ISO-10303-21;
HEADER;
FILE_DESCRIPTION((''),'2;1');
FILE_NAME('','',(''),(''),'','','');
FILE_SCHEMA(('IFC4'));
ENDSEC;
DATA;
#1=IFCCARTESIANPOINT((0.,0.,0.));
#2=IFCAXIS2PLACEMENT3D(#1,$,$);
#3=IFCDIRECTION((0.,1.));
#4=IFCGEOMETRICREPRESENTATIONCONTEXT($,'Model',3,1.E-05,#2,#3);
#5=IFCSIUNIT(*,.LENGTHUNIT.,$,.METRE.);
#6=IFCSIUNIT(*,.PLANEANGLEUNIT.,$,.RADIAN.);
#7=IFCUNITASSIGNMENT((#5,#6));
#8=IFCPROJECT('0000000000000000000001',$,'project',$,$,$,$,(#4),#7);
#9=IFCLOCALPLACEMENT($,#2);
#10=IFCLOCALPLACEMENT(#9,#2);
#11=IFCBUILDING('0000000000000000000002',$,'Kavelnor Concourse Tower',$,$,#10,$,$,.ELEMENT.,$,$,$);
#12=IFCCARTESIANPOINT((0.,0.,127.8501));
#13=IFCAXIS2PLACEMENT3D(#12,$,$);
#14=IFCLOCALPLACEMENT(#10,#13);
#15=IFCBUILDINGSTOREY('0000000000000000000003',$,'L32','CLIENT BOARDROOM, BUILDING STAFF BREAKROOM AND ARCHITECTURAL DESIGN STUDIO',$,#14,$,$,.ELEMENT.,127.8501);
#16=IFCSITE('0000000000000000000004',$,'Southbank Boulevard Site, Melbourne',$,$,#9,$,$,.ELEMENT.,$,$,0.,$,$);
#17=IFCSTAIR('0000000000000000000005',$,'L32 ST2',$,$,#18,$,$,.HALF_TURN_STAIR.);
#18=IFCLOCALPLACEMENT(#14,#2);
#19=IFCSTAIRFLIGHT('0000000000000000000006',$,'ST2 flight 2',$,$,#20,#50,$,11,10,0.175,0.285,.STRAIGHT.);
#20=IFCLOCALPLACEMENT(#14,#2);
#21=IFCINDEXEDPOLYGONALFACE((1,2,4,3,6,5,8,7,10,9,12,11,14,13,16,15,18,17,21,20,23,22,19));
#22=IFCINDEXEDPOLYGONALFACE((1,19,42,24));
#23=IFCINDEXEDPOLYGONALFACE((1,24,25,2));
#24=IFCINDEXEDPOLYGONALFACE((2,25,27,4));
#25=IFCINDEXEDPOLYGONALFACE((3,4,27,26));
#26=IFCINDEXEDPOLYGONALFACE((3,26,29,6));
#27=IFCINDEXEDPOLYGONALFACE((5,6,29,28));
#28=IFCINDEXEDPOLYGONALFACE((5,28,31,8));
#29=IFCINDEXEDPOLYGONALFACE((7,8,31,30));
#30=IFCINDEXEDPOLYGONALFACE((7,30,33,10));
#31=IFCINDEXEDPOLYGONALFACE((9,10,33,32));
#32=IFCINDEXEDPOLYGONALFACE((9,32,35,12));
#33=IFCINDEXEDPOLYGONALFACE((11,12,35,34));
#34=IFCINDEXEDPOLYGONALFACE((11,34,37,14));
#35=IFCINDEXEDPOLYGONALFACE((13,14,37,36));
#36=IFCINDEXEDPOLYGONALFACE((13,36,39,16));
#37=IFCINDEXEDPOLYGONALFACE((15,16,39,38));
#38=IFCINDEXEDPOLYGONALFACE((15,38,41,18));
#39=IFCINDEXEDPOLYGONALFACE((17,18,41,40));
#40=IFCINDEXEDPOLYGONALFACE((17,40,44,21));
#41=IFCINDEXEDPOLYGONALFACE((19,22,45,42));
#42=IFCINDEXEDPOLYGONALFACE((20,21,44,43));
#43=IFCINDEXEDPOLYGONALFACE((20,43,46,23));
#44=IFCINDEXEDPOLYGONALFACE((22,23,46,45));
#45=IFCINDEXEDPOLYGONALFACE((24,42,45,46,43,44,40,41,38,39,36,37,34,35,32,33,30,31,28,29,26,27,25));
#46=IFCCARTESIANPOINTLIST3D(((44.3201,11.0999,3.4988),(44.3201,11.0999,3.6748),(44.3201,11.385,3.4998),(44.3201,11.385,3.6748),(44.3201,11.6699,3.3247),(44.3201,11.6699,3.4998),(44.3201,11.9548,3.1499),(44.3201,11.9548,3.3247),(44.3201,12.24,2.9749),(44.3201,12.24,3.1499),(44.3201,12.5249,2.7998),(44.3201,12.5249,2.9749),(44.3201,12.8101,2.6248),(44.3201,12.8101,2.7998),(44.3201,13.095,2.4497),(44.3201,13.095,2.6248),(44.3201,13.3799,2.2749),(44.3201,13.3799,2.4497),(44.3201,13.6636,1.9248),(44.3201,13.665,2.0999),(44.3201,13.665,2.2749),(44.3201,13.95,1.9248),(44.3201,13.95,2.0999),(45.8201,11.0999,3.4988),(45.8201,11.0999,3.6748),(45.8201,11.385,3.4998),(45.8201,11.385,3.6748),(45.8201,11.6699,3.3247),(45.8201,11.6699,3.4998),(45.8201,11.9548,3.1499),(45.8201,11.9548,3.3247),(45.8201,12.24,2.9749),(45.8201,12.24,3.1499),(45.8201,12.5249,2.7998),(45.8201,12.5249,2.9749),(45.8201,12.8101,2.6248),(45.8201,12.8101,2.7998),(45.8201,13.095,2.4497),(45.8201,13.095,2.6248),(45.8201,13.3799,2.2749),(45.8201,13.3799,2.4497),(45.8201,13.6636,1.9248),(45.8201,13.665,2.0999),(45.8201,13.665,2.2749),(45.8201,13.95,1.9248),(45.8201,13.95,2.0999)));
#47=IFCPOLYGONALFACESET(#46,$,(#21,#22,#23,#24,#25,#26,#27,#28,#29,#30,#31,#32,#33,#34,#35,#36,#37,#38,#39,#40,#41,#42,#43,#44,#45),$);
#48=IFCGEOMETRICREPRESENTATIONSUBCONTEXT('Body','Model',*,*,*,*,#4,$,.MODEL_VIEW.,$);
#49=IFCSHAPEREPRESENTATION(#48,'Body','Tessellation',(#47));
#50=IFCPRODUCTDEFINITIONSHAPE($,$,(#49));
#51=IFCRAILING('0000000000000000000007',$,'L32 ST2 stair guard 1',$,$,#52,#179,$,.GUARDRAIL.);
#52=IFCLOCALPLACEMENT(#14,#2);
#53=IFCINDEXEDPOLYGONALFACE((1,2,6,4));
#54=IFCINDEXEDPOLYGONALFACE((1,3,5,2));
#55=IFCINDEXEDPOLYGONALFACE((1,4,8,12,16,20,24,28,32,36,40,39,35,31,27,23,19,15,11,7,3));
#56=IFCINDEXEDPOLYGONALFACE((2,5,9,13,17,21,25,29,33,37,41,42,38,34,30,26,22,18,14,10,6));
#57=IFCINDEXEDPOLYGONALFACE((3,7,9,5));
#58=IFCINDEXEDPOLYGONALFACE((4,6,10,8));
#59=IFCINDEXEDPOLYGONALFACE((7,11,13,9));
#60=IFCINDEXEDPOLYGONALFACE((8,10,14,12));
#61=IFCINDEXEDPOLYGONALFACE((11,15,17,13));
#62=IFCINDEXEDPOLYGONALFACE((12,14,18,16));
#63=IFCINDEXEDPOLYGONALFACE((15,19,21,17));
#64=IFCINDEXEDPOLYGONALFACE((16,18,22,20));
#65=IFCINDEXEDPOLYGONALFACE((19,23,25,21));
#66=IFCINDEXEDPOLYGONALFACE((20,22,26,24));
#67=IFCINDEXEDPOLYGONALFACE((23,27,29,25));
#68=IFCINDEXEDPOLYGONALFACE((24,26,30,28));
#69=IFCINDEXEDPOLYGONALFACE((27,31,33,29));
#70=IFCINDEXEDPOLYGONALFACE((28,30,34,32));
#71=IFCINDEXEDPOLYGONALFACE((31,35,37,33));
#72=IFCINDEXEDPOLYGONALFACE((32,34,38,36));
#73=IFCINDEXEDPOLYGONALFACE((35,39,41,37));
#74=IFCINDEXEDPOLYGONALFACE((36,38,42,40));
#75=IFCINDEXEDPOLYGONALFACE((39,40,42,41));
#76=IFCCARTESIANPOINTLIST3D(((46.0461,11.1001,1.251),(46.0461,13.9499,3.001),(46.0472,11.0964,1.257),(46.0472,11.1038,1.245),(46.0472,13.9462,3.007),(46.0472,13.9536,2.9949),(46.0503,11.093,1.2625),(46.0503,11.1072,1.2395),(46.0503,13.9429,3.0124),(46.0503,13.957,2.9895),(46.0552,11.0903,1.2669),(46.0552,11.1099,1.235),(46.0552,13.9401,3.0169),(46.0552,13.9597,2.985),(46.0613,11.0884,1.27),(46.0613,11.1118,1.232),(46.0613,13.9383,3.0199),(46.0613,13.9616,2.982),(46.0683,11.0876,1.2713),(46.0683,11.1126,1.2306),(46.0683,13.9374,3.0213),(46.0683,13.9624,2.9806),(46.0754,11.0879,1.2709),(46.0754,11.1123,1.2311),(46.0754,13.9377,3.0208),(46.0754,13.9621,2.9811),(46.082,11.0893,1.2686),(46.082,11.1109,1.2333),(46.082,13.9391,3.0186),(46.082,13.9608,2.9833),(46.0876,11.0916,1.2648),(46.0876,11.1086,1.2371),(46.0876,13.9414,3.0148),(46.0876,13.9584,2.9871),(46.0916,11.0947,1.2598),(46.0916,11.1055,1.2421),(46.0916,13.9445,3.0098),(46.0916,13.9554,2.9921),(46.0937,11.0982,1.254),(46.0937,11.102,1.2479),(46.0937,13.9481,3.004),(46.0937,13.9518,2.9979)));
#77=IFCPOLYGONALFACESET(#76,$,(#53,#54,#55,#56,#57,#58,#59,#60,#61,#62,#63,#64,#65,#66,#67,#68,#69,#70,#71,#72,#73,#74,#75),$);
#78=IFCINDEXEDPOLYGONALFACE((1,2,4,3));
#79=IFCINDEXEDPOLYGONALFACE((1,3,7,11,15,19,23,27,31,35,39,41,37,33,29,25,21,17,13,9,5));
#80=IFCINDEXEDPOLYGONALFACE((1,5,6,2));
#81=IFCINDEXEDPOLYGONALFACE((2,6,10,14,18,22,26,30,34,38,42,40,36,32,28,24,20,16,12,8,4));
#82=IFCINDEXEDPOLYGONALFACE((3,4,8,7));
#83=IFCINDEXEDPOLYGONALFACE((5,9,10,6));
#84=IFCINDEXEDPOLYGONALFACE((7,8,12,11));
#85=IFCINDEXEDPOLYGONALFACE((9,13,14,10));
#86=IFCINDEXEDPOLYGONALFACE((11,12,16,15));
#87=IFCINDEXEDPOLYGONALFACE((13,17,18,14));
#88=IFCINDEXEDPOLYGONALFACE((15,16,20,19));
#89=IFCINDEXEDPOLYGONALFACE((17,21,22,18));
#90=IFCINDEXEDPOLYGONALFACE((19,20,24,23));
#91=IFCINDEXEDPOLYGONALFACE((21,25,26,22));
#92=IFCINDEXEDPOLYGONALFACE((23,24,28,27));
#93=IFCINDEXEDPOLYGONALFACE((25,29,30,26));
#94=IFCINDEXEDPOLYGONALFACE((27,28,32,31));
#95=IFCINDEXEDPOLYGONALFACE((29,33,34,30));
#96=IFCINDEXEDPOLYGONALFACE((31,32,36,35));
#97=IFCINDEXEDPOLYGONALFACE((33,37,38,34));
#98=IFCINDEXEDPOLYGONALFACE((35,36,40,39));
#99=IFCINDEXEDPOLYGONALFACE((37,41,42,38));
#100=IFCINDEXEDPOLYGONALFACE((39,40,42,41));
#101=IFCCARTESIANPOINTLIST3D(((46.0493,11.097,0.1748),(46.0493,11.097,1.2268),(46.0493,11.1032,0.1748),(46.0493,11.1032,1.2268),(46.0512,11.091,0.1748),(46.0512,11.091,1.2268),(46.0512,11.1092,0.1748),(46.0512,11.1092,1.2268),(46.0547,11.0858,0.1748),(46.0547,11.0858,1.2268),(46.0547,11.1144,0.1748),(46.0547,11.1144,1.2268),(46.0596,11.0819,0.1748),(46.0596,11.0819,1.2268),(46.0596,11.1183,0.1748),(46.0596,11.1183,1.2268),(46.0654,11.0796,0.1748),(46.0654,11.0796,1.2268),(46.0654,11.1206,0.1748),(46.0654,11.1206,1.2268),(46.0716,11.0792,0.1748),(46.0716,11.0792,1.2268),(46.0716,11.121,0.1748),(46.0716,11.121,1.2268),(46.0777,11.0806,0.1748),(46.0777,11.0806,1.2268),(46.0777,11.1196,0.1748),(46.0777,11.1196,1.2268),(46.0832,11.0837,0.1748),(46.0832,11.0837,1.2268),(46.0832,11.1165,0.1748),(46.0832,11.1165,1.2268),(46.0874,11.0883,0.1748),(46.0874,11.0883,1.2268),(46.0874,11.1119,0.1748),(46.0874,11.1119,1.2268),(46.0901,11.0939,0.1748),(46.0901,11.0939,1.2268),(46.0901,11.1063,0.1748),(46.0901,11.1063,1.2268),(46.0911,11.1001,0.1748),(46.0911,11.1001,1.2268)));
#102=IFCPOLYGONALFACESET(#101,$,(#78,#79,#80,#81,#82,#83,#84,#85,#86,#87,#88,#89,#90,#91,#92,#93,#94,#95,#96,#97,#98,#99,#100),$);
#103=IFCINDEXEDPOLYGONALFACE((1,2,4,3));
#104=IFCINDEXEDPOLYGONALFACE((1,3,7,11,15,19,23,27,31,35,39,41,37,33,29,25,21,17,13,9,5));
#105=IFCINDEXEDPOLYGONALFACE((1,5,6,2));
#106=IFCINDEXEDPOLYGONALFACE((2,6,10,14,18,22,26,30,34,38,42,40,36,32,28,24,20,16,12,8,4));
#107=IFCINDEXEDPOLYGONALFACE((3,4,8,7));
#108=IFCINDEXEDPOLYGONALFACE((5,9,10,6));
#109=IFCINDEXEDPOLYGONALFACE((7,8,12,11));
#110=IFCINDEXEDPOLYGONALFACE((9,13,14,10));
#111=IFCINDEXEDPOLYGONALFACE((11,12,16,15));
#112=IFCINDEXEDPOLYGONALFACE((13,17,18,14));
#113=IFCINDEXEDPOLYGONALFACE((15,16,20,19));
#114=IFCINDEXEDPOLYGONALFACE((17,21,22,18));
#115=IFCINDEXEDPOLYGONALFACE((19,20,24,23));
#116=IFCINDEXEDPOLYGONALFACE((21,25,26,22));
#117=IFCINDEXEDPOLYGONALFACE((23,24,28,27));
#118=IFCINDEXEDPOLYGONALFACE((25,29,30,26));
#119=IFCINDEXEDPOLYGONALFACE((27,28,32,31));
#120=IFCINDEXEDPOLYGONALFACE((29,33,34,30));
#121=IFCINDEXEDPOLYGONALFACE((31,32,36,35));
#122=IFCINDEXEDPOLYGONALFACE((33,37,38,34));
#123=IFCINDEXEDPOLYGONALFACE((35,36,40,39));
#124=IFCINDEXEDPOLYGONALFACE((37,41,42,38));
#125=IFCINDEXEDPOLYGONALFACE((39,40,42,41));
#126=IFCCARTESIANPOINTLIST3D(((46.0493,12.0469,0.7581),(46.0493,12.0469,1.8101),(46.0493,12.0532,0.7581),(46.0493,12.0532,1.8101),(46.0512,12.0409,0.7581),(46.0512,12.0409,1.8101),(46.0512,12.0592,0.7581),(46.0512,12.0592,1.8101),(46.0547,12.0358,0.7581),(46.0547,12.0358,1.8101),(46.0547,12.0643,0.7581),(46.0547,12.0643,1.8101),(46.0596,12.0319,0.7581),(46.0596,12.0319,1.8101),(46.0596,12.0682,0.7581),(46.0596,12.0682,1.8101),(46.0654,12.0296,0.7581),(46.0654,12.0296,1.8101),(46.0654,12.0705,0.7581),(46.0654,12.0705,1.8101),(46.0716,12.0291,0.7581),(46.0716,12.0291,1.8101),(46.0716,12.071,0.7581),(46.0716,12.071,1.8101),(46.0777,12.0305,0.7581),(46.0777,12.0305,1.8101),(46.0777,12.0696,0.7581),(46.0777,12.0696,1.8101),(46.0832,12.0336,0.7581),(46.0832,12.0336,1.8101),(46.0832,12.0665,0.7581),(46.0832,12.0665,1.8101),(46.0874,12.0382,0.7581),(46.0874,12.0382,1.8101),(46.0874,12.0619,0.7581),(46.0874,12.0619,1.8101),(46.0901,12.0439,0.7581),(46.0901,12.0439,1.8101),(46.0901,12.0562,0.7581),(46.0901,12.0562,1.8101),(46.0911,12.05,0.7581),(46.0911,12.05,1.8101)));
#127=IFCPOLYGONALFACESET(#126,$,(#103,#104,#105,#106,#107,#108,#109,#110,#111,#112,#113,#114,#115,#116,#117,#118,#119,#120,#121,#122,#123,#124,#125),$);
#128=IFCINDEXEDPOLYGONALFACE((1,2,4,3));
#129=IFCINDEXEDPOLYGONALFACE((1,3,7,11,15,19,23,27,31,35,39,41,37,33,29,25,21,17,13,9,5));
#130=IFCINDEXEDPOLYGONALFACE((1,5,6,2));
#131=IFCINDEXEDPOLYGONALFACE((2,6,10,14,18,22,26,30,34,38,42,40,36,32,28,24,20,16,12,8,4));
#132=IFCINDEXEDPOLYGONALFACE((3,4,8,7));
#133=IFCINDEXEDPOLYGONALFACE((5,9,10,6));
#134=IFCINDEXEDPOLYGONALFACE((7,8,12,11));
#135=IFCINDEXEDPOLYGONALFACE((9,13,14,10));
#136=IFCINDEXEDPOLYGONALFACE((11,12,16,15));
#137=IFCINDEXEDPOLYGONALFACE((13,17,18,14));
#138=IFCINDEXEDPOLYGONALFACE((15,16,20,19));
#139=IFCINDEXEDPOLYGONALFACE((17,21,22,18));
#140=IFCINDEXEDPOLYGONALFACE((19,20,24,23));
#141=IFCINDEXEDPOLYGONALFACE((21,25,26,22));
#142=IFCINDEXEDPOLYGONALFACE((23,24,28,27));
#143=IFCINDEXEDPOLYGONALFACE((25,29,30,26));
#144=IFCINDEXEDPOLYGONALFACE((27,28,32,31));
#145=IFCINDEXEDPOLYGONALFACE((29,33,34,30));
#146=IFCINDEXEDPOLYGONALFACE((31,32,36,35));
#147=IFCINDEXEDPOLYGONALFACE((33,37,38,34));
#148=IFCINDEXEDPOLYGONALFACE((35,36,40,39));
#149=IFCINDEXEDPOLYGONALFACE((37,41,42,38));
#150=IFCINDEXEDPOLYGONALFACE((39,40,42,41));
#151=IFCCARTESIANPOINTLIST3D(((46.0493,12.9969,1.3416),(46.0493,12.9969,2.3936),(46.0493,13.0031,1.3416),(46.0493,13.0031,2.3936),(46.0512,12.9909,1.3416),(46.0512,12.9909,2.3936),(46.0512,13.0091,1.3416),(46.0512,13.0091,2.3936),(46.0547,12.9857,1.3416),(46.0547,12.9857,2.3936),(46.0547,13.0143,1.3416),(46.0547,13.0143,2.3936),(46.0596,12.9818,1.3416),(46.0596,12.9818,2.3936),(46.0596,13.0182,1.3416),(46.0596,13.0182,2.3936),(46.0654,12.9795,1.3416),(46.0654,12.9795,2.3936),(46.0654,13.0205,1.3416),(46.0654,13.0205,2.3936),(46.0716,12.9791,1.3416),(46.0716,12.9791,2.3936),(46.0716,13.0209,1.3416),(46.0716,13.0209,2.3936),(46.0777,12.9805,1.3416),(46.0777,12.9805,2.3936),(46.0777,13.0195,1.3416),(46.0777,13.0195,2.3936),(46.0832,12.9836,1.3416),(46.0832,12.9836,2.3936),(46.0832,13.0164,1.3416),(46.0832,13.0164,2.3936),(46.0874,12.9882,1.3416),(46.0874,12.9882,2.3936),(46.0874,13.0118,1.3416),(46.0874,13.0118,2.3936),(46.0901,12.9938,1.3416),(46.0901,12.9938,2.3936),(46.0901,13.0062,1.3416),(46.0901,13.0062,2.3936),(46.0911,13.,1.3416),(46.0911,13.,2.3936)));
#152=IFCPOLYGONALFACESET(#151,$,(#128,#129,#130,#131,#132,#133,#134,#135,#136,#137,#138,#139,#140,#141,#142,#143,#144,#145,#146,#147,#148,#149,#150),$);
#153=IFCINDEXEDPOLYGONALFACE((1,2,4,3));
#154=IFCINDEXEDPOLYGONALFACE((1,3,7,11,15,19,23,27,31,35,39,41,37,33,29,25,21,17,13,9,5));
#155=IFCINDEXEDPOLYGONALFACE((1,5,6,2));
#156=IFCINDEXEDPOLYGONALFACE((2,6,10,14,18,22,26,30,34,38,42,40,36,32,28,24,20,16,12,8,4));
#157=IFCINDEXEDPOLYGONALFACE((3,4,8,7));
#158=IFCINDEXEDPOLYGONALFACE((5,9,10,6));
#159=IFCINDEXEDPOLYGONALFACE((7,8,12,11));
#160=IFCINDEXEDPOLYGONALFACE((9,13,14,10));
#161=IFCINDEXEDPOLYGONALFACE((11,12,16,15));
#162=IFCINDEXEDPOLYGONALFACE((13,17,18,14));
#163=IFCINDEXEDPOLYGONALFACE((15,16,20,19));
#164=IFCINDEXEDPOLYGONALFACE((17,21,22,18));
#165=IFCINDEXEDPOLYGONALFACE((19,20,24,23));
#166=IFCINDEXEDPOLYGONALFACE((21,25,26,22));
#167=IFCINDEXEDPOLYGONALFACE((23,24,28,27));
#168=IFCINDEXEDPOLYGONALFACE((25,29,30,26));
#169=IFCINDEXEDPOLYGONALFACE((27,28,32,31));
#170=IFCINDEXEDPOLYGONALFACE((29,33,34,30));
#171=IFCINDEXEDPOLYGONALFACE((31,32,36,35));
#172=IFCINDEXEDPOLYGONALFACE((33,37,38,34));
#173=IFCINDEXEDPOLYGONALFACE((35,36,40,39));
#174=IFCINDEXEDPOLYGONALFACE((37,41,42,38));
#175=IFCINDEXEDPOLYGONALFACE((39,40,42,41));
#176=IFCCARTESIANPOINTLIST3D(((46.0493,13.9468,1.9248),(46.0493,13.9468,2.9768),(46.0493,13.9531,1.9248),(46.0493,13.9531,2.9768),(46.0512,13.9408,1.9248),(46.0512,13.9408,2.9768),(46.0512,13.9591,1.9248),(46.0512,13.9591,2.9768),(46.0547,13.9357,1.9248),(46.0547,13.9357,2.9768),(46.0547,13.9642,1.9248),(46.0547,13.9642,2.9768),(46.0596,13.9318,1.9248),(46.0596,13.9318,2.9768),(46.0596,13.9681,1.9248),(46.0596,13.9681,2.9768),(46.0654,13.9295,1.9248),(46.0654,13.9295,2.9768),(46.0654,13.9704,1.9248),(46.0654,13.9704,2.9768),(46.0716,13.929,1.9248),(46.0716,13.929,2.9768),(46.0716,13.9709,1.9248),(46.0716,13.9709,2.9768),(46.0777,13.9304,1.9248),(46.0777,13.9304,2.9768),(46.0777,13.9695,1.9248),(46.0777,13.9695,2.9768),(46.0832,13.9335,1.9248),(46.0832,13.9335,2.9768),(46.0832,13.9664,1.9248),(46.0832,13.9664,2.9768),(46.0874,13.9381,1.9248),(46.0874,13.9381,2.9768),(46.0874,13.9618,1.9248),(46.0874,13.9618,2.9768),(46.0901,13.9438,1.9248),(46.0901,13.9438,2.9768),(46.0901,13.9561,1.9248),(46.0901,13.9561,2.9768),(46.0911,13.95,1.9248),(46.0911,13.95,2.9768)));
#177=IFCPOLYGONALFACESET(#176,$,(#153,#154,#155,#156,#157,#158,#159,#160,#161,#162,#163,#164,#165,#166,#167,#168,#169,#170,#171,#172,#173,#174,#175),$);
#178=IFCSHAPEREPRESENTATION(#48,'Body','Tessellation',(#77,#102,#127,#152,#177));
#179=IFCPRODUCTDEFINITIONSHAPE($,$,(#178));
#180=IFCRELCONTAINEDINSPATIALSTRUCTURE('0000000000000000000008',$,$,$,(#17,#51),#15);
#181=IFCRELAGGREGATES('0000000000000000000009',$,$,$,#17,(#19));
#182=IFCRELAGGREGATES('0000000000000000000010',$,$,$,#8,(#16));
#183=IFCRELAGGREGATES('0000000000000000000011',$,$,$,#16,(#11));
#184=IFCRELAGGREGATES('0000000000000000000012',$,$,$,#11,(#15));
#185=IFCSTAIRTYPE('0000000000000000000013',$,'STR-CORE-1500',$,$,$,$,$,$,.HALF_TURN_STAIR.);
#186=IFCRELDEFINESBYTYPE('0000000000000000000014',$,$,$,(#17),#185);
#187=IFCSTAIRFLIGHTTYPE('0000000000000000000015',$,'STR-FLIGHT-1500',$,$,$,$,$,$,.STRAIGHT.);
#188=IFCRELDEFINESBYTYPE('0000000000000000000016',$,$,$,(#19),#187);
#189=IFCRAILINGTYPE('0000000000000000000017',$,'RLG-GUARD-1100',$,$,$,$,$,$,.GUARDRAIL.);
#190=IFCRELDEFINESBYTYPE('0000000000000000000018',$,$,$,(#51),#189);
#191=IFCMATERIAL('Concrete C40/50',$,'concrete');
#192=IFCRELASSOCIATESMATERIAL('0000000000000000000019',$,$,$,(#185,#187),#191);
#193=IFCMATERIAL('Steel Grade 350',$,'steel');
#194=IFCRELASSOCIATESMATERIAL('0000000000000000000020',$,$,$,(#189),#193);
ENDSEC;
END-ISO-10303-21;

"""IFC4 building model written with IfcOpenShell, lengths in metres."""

from ifc_helpers import new_model, si_unit, direction, frame, origin, origin_2d, place, context, subcontext, project, spatial, polyline, circle, outline, extrude, material, type_object, element, aggregate, save


model = new_model("IFC4")

# Units and contexts
model_context = context("Model", 3, precision=1e-05, world=origin(), true_north=direction((0.0, 1.0)))
body_context = subcontext(model_context, "Body", "Model", "MODEL_VIEW")
ifc_project = project(units=[si_unit("LENGTHUNIT", "METRE"), si_unit("PLANEANGLEUNIT", "RADIAN")], contexts=[model_context])

# Site, building, storey
site_placement = place(None, origin())
site = spatial("IfcSite", under=ifc_project, at=site_placement, Name="Southbank Boulevard Site, Melbourne", CompositionType="ELEMENT", RefElevation=0.0)
building_placement = place(site_placement, origin())
building = spatial("IfcBuilding", under=site, at=building_placement, Name="Kavelnor Concourse Tower", CompositionType="ELEMENT")
storey_placement = place(building_placement, frame((0.0, 0.0, 127.8501)))
storey = spatial("IfcBuildingStorey", under=building, at=storey_placement, Name="L32", Description="CLIENT BOARDROOM, BUILDING STAFF BREAKROOM AND ARCHITECTURAL DESIGN STUDIO", CompositionType="ELEMENT", Elevation=127.8501)

# Shared definitions
ifc_material_1 = material(Name="Steel Grade 350", Category="steel")

# Stair, stair flight
ifc_material_2 = material(Name="Concrete C40/50", Category="concrete")
stair_type = type_object("IfcStairType", Name="STR-CORE-1500", PredefinedType="HALF_TURN_STAIR", material=ifc_material_2)
stair_placement = place(storey_placement, origin())
stair = element("IfcStair", 1, at=stair_placement, inside=storey, type_object=stair_type, Name="L32 ST2", PredefinedType="HALF_TURN_STAIR")
stair_flight_type = type_object("IfcStairFlightType", Name="STR-FLIGHT-1500", PredefinedType="STRAIGHT", material=ifc_material_2)
stair_flight_1_placement = place(storey_placement, frame((45.0701, 13.95, 1.9248), z_axis=(0.0, 0.0, 1.0), x_axis=(0.0, -1.0, 0.0)))
stair_flight_1 = element("IfcStairFlight", 2, at=stair_flight_1_placement, type_object=stair_flight_type, Name="ST2 flight 2", NumberOfRisers=11, NumberOfTreads=10, PredefinedType="STRAIGHT", RiserHeight=0.175, TreadLength=0.285, context=body_context, shape_type="SweptSolid", body=[
    extrude(outline(polyline([(0.0, 0.0), (0.0, 0.175), (0.2849, 0.175), (0.2849, 0.3501), (0.5701, 0.3501), (0.5701, 0.5249), (0.855, 0.5249), (0.855, 0.7), (1.1399, 0.7), (1.1399, 0.875), (1.425, 0.875), (1.425, 1.05), (1.71, 1.05), (1.71, 1.2251), (1.9951, 1.2251), (1.9951, 1.3999), (2.28, 1.3999), (2.28, 1.575), (2.5649, 1.575), (2.5649, 1.75), (2.8501, 1.75), (2.8501, 1.925), (2.8501, 1.574), (0.2864, 0.0), (0.0, 0.0)])), frame((0.0, 0.75, 0.0), z_axis=(0.0, -1.0, 0.0), x_axis=(1.0, 0.0, 0.0)), (0.0, 0.0, 1.0), 1.5),
])
aggregate(stair, [stair_flight_1])

# Railing
railing_type_1 = type_object("IfcRailingType", Name="RLG-GUARD-1100", PredefinedType="GUARDRAIL", material=ifc_material_1)
railing_1_placement = place(storey_placement, frame((46.0701, 11.1001, 0.1748)))
element("IfcRailing", 3, at=railing_1_placement, inside=storey, type_object=railing_type_1, Name="L32 ST2 stair guard 1", PredefinedType="GUARDRAIL", context=body_context, shape_type="SweptSolid", body=[
    extrude(circle(Radius=0.0239, at=origin_2d()), frame((0.0, 0.0, 1.0762), z_axis=(0.0, 0.852159, 0.523283), x_axis=(-1.0, 0.0, 0.0)), (0.0, 0.0, 1.0), 3.3442),
    extrude(circle(Radius=0.021, at=origin_2d()), origin(), (0.0, 0.0, 1.0), 1.052),
    extrude(circle(Radius=0.021, at=origin_2d()), frame((0.0, 0.95, 0.5833)), (0.0, 0.0, 1.0), 1.052),
    extrude(circle(Radius=0.021, at=origin_2d()), frame((0.0, 1.8999, 1.1667)), (0.0, 0.0, 1.0), 1.052),
    extrude(circle(Radius=0.021, at=origin_2d()), frame((0.0, 2.8499, 1.75)), (0.0, 0.0, 1.0), 1.052),
])

save(model, "model.ifc")
